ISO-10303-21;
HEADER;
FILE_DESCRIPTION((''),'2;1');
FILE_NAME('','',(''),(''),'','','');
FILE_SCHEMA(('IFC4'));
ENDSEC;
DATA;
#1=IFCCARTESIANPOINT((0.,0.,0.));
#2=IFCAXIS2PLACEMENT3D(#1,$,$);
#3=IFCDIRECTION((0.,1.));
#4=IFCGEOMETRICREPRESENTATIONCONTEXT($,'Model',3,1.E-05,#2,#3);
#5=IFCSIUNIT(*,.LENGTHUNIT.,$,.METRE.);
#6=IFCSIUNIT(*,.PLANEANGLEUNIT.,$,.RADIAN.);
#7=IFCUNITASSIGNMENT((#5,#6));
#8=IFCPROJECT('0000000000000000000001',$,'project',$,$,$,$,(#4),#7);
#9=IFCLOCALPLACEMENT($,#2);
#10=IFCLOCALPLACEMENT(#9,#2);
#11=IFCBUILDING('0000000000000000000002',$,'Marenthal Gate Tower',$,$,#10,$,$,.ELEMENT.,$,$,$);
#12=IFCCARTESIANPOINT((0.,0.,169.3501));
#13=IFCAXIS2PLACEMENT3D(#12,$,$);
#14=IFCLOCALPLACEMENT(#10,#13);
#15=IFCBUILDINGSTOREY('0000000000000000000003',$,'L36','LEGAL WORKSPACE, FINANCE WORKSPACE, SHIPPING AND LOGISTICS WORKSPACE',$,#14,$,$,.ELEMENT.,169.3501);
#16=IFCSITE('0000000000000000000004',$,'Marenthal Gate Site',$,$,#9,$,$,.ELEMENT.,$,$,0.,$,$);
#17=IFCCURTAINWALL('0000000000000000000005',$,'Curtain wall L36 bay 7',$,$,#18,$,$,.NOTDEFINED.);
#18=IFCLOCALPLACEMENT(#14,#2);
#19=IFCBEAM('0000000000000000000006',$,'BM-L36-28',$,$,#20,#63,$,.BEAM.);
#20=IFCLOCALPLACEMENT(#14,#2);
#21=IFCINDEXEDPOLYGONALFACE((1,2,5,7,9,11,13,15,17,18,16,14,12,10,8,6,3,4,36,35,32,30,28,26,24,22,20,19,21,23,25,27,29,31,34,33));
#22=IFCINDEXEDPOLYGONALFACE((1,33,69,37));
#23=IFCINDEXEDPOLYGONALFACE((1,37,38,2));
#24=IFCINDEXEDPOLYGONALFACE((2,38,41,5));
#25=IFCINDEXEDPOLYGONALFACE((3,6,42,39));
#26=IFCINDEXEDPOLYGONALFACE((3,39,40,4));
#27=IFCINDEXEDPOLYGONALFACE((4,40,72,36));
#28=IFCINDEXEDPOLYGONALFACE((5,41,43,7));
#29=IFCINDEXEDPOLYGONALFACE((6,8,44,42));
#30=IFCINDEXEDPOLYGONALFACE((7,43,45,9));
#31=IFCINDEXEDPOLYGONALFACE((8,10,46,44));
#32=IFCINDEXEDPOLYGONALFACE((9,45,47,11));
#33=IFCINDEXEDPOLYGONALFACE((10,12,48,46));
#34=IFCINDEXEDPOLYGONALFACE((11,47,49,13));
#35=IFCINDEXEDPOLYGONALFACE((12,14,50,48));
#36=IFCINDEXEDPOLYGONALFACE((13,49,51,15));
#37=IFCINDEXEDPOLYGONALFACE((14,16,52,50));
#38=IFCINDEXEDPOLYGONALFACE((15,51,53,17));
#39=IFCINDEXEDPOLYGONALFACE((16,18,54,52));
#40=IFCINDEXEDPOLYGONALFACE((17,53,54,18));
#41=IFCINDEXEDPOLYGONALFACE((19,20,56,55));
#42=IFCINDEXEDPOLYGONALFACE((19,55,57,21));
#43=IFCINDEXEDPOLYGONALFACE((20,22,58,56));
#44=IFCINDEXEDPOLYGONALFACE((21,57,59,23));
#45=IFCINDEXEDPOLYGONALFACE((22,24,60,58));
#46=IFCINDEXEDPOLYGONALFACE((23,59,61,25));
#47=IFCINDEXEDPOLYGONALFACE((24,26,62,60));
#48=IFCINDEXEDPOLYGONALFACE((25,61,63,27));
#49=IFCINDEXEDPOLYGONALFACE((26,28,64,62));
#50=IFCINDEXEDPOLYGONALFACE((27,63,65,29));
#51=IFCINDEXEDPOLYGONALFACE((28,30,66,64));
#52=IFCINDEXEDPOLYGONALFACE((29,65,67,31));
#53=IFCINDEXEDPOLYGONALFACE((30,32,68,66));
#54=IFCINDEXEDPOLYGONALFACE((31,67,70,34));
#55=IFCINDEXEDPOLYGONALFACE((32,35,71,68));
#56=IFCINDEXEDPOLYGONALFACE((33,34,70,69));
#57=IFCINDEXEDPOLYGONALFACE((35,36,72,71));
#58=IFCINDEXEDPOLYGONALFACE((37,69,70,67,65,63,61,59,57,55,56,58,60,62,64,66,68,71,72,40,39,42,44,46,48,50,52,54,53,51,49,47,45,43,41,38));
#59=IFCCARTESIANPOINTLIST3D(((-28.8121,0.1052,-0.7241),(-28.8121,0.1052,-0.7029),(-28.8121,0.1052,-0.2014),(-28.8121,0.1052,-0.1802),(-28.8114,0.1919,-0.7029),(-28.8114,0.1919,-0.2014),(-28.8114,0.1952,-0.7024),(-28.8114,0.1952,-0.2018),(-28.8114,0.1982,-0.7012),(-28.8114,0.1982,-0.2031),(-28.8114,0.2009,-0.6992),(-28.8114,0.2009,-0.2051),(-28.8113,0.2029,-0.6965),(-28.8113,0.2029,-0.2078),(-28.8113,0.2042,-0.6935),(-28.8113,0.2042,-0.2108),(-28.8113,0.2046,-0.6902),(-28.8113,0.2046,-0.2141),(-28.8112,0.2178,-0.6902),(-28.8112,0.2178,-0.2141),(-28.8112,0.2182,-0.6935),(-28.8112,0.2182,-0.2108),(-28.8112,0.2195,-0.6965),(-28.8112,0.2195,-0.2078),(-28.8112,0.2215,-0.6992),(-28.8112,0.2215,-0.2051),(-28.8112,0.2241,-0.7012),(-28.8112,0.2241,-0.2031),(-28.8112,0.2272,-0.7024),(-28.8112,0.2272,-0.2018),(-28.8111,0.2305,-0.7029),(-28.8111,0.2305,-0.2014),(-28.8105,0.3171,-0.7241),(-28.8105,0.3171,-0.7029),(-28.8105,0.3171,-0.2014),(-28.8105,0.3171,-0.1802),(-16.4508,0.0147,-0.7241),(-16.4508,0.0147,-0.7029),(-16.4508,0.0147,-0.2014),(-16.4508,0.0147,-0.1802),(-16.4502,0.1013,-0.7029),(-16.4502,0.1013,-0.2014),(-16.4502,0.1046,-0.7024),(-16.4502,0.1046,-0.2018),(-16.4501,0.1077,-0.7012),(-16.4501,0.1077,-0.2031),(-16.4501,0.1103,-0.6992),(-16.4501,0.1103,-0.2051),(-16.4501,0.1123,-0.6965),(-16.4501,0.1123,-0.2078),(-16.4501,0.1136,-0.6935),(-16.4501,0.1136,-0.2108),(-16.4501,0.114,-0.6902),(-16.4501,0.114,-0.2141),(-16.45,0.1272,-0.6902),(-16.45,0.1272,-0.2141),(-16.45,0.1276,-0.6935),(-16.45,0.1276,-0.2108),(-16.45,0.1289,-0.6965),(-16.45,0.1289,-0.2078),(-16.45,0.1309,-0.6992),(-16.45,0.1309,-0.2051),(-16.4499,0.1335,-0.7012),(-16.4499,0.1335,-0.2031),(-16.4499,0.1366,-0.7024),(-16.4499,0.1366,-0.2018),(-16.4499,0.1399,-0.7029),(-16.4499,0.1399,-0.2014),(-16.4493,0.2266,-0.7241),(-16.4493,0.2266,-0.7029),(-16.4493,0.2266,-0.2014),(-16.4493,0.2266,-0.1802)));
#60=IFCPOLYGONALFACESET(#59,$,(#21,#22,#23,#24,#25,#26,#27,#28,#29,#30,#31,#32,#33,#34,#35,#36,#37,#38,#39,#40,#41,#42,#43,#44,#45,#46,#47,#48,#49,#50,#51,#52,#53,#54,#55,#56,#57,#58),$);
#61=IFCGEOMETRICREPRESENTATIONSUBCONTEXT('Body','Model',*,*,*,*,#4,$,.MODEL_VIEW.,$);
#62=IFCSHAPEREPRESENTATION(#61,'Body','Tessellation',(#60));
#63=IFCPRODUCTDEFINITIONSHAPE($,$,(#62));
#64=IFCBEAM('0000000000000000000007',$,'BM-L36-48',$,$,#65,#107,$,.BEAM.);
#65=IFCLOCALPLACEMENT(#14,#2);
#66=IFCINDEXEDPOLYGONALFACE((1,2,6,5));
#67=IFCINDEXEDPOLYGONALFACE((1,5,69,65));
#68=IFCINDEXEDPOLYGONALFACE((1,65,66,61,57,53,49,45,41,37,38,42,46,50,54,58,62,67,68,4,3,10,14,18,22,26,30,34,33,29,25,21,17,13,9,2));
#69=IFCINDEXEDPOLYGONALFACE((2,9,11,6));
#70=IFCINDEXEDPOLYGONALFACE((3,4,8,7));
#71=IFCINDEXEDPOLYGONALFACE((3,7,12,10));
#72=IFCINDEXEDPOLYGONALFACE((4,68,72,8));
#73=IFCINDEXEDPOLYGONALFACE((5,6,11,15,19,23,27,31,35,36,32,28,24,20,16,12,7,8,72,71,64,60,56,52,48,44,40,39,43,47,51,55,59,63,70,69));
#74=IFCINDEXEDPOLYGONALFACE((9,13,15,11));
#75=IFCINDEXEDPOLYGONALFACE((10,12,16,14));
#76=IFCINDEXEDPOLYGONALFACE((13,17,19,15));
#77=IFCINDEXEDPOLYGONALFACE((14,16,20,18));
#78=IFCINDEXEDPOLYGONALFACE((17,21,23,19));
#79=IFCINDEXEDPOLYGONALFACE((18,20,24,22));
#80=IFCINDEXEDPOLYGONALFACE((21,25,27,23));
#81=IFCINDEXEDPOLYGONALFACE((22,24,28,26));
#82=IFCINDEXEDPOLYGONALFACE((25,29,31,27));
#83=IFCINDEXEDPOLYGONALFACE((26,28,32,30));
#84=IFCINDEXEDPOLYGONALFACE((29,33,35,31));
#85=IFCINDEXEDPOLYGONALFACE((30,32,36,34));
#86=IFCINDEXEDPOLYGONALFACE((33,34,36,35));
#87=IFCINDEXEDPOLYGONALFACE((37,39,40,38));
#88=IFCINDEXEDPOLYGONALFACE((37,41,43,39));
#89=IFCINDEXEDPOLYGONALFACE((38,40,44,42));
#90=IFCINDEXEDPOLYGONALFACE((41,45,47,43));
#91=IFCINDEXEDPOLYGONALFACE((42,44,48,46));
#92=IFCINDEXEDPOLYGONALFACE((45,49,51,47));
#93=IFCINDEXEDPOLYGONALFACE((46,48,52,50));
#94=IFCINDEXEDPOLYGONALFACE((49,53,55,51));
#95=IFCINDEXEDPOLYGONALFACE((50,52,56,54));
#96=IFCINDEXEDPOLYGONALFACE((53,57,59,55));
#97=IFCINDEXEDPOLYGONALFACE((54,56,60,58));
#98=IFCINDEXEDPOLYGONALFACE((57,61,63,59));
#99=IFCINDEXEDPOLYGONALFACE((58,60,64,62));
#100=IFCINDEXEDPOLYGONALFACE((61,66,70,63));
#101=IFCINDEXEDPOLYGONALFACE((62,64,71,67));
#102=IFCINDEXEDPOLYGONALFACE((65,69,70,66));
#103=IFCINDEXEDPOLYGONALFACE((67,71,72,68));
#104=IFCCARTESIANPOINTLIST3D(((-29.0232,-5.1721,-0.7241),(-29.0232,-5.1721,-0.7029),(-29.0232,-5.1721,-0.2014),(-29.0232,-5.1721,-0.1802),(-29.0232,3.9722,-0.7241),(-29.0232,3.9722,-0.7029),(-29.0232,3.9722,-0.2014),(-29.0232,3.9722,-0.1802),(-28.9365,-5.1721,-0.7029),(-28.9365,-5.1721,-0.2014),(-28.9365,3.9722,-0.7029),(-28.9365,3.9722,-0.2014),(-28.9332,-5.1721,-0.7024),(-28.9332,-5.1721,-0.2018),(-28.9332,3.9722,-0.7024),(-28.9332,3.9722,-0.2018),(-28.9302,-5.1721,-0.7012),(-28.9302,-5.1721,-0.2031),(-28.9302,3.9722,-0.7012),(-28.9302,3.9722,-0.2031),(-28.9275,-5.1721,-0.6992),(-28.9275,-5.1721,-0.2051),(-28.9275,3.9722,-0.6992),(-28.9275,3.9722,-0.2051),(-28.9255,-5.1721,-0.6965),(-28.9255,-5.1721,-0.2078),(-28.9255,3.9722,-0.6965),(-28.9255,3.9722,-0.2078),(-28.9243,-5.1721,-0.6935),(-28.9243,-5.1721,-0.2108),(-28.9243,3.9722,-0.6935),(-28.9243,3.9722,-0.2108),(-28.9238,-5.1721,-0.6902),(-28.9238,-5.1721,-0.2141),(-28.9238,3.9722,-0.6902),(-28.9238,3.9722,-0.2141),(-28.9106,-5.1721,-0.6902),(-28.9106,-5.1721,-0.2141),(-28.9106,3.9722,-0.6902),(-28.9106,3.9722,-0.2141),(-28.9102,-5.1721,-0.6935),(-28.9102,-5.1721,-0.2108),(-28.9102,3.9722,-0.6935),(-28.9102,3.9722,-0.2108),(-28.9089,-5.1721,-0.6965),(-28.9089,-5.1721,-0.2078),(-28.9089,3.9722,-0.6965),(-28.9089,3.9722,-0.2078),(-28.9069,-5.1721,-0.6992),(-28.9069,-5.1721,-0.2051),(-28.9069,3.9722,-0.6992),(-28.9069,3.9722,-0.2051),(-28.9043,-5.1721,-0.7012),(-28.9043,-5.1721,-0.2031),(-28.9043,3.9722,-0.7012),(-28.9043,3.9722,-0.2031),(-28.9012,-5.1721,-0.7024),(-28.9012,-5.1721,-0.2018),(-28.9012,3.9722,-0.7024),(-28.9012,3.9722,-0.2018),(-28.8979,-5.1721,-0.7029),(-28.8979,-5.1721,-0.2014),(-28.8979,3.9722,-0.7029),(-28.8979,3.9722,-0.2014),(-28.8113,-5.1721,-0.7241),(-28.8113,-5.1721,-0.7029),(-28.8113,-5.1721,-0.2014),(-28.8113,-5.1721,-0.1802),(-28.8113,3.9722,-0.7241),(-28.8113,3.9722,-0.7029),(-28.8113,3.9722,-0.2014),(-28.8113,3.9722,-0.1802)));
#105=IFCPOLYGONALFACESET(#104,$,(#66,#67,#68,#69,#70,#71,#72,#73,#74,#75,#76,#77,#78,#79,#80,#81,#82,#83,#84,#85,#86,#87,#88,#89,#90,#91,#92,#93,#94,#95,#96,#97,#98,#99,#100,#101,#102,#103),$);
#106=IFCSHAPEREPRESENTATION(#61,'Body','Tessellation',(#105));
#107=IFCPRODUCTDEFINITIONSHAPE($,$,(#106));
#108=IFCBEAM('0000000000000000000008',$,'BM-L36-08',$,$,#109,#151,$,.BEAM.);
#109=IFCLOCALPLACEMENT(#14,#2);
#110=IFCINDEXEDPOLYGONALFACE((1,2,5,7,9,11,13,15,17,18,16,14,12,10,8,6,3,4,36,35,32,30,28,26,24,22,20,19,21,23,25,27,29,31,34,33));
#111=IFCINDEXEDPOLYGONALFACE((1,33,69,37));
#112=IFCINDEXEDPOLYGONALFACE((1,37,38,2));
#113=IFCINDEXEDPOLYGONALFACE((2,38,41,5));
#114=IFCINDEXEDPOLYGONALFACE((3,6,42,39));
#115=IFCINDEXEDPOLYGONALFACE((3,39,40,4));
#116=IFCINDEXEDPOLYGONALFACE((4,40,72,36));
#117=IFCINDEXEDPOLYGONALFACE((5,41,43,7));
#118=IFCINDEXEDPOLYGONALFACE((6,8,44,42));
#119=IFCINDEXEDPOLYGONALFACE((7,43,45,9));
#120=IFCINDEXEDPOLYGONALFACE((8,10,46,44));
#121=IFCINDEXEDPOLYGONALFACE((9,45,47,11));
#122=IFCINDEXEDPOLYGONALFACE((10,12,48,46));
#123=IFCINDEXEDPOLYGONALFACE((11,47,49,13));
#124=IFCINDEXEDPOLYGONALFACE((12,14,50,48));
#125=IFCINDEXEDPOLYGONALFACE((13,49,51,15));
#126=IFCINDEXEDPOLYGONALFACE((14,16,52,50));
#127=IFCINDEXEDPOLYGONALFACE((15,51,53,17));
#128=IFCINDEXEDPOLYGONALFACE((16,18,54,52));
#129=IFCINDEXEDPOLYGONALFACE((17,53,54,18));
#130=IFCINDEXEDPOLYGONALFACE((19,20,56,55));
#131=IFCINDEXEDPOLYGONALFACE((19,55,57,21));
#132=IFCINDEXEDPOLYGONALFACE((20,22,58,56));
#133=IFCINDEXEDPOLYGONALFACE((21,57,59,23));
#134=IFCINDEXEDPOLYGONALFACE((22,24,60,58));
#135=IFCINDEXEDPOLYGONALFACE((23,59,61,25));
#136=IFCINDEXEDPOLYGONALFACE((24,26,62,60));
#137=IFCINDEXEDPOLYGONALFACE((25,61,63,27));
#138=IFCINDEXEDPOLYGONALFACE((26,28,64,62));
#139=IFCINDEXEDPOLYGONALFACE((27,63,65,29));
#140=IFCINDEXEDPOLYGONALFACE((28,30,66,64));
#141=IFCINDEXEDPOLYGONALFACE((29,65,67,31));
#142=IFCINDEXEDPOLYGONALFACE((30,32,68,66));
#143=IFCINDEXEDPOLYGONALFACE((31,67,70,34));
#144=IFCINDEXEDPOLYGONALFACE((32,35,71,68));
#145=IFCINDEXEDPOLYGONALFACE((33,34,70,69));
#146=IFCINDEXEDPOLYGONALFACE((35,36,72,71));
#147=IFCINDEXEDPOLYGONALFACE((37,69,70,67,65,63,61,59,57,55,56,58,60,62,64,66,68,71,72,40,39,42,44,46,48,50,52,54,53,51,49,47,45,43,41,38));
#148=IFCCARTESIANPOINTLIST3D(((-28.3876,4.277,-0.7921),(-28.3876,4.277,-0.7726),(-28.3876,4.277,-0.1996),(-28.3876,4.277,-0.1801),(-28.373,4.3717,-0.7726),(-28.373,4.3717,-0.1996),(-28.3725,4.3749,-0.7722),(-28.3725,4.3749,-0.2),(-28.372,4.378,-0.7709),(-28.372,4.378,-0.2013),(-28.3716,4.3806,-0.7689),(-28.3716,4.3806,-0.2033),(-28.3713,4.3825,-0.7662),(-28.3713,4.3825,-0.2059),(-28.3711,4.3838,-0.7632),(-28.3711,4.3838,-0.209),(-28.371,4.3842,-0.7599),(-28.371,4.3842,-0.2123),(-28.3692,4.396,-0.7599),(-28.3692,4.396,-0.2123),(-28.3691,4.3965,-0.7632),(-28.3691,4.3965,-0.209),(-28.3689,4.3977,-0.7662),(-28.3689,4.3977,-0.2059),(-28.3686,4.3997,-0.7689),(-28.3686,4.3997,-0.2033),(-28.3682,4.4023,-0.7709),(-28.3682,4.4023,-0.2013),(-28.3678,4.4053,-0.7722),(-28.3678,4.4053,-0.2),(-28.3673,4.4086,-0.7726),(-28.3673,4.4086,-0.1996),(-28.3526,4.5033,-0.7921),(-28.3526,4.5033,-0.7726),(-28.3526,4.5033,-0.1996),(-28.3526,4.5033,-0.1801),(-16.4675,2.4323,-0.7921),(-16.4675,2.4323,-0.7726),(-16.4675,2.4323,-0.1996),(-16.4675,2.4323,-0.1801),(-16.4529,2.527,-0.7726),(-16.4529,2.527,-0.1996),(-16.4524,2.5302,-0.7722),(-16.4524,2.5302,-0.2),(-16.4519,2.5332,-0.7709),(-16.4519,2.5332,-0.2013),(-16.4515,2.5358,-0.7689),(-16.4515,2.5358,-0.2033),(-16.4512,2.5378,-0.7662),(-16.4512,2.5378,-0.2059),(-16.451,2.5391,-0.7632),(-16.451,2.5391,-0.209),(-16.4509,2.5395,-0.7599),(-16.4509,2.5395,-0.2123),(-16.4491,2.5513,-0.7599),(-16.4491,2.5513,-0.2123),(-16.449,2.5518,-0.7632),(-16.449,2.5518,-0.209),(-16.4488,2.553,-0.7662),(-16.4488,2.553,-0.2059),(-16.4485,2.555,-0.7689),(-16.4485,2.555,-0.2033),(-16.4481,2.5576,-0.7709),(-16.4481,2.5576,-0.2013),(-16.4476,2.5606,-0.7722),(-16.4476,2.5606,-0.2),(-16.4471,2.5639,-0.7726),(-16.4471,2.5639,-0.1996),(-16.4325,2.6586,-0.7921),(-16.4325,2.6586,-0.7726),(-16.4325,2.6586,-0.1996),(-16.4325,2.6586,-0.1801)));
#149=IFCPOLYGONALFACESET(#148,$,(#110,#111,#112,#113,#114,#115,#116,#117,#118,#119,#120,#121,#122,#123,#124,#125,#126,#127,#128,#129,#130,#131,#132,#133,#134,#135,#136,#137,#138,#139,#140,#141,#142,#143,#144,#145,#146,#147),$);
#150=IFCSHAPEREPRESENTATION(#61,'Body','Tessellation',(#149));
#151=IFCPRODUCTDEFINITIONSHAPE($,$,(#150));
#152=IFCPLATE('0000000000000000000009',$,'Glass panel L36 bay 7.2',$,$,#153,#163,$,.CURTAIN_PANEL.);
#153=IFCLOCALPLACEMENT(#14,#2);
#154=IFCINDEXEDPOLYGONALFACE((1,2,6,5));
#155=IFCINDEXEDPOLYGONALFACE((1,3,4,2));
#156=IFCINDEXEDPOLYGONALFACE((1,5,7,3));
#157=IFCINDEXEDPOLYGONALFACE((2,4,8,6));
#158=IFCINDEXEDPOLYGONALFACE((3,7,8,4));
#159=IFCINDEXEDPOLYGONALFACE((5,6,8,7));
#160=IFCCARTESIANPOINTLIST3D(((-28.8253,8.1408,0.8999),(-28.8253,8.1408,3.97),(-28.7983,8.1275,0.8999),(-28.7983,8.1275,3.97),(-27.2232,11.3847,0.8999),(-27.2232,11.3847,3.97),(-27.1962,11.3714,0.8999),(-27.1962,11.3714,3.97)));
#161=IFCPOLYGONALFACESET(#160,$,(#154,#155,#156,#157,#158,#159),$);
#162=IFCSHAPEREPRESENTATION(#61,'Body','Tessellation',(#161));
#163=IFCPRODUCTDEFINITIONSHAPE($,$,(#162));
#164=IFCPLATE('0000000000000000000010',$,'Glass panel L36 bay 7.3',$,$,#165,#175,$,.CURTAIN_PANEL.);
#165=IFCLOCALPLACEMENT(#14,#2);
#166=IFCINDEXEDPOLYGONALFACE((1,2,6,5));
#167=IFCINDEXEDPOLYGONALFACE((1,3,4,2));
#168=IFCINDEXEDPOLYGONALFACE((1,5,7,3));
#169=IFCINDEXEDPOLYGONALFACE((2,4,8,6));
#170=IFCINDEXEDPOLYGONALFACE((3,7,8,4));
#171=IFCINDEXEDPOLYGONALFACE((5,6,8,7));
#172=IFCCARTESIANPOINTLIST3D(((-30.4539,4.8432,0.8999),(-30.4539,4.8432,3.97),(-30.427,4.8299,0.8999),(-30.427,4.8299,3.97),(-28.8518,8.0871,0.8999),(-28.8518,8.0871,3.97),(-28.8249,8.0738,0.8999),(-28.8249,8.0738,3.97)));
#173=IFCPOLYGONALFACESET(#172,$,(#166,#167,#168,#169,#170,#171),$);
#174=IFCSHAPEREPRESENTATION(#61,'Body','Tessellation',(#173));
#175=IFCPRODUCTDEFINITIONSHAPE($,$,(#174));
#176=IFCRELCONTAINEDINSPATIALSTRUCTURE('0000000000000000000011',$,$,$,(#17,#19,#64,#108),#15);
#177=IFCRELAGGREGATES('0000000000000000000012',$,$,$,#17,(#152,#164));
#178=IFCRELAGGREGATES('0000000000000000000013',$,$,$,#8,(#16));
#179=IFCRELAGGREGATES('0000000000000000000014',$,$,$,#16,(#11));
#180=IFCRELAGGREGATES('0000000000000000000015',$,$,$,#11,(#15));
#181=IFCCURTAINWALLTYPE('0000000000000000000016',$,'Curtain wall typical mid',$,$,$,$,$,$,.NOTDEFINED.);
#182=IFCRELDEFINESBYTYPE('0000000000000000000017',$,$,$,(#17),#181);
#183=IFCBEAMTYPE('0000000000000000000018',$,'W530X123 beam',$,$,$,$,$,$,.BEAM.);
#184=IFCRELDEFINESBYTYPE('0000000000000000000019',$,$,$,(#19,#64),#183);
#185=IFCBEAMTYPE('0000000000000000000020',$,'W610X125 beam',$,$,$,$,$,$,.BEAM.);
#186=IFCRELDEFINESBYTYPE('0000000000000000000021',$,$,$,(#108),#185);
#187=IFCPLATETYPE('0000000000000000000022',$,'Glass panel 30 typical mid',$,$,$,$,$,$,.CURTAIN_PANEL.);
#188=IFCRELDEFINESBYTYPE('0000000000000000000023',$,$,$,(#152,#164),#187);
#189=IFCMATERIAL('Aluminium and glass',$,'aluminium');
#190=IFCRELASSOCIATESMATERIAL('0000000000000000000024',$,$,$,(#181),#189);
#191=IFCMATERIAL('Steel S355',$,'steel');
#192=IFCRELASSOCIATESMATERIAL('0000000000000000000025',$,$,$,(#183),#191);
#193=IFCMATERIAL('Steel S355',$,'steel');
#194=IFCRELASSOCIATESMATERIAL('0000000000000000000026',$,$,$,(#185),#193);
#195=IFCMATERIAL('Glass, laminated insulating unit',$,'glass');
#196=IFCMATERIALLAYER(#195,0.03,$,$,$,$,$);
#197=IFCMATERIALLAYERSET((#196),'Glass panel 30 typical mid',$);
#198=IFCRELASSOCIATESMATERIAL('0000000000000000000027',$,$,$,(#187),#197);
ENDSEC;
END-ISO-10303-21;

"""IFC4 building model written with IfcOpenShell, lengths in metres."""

from ifc_helpers import new_model, si_unit, direction, frame, origin, origin_2d, place, context, subcontext, project, spatial, rectangle, i_section, extrude, material, layer, layer_set, material_profile, profile_set, type_object, element, aggregate, save


model = new_model("IFC4")

# Units and contexts
model_context = context("Model", 3, precision=1e-05, world=origin(), true_north=direction((0.0, 1.0)))
body_context = subcontext(model_context, "Body", "Model", "MODEL_VIEW")
ifc_project = project(units=[si_unit("LENGTHUNIT", "METRE"), si_unit("PLANEANGLEUNIT", "RADIAN")], contexts=[model_context])

# Site, building, storey
site_placement = place(None, origin())
site = spatial("IfcSite", under=ifc_project, at=site_placement, Name="Marenthal Gate Site", CompositionType="ELEMENT", RefElevation=0.0)
building_placement = place(site_placement, origin())
building = spatial("IfcBuilding", under=site, at=building_placement, Name="Marenthal Gate Tower", CompositionType="ELEMENT")
storey_placement = place(building_placement, frame((0.0, 0.0, 169.3501)))
storey = spatial("IfcBuildingStorey", under=building, at=storey_placement, Name="L36", Description="LEGAL WORKSPACE, FINANCE WORKSPACE, SHIPPING AND LOGISTICS WORKSPACE", CompositionType="ELEMENT", Elevation=169.3501)

# Curtain wall
ifc_material_1 = material(Name="Aluminium and glass", Category="aluminium")
curtain_wall_type = type_object("IfcCurtainWallType", Name="Curtain wall typical mid", PredefinedType="NOTDEFINED", material=ifc_material_1)
curtain_wall_placement = place(storey_placement, origin())
curtain_wall = element("IfcCurtainWall", 1, at=curtain_wall_placement, inside=storey, type_object=curtain_wall_type, Name="Curtain wall L36 bay 7", PredefinedType="NOTDEFINED")

# Beams
ifc_material_2 = material(Name="Steel S355", Category="steel")
ifc_material_profile_1 = material_profile(ifc_material_2, i_section(OverallWidth=0.2119, OverallDepth=0.5439, WebThickness=0.0132, FlangeThickness=0.0212, FilletRadius=0.0127, at=origin_2d()), Name="W530X123")
ifc_profile_set_1 = profile_set([ifc_material_profile_1], Name="Steel S355")
beam_type_1 = type_object("IfcBeamType", Name="W530X123 beam", PredefinedType="BEAM", material=ifc_profile_set_1)
beam_1_placement = place(storey_placement, frame((-28.8113, 0.2112, -0.4521), z_axis=(0.999973, -0.007327, 0.0), x_axis=(0.007327, 0.999973, 0.0)))
element("IfcBeam", 2, at=beam_1_placement, inside=storey, type_object=beam_type_1, Name="BM-L36-28", PredefinedType="BEAM", context=body_context, shape_type="SweptSolid", body=[
    extrude(i_section(OverallWidth=0.2119, OverallDepth=0.5439, WebThickness=0.0132, FlangeThickness=0.0212, FilletRadius=0.0127, at=origin_2d()), origin(), (0.0, 0.0, 1.0), 12.3616),
])
beam_2_placement = place(storey_placement, frame((-28.9172, 3.9722, -0.4521), z_axis=(0.0, -1.0, 0.0), x_axis=(1.0, 0.0, 0.0)))
element("IfcBeam", 3, at=beam_2_placement, inside=storey, type_object=beam_type_1, Name="BM-L36-48", PredefinedType="BEAM", context=body_context, shape_type="SweptSolid", body=[
    extrude(i_section(OverallWidth=0.2119, OverallDepth=0.5439, WebThickness=0.0132, FlangeThickness=0.0212, FilletRadius=0.0127, at=origin_2d()), origin(), (0.0, 0.0, 1.0), 9.1443),
])
ifc_material_3 = material(Name="Steel S355", Category="steel")
ifc_material_profile_2 = material_profile(ifc_material_3, i_section(OverallWidth=0.229, OverallDepth=0.6121, WebThickness=0.012, FlangeThickness=0.0195, FilletRadius=0.0127, at=origin_2d()), Name="W610X125")
ifc_profile_set_2 = profile_set([ifc_material_profile_2], Name="Steel S355")
beam_type_2 = type_object("IfcBeamType", Name="W610X125 beam", PredefinedType="BEAM", material=ifc_profile_set_2)
beam_3_placement = place(storey_placement, frame((-28.3701, 4.3901, -0.4861), z_axis=(0.988236, -0.152936, 0.0), x_axis=(0.152936, 0.988236, 0.0)))
element("IfcBeam", 4, at=beam_3_placement, inside=storey, type_object=beam_type_2, Name="BM-L36-08", PredefinedType="BEAM", context=body_context, shape_type="SweptSolid", body=[
    extrude(i_section(OverallWidth=0.229, OverallDepth=0.6121, WebThickness=0.012, FlangeThickness=0.0195, FilletRadius=0.0127, at=origin_2d()), origin(), (0.0, 0.0, 1.0), 12.062),
])

# Plates
ifc_material_4 = material(Name="Glass, laminated insulating unit", Category="glass")
ifc_layer_1 = layer(ifc_material_4, 0.03)
ifc_layer_set_1 = layer_set([ifc_layer_1], Name="Glass panel 30 typical mid")
plate_type = type_object("IfcPlateType", Name="Glass panel 30 typical mid", PredefinedType="CURTAIN_PANEL", material=ifc_layer_set_1)
plate_1_placement = place(storey_placement, frame((-28.0107, 9.7561, 0.8999), z_axis=(0.0, 0.0, 1.0), x_axis=(-0.442824, -0.896609, 0.0)))
plate_1 = element("IfcPlate", 5, at=plate_1_placement, type_object=plate_type, Name="Glass panel L36 bay 7.2", PredefinedType="CURTAIN_PANEL", context=body_context, shape_type="SweptSolid", body=[
    extrude(rectangle(XDim=3.6179, YDim=0.03, at=origin_2d()), origin(), (0.0, 0.0, 1.0), 3.0701),
])
plate_2_placement = place(storey_placement, frame((-29.6394, 6.4585, 0.8999), z_axis=(0.0, 0.0, 1.0), x_axis=(-0.442824, -0.896609, 0.0)))
plate_2 = element("IfcPlate", 6, at=plate_2_placement, type_object=plate_type, Name="Glass panel L36 bay 7.3", PredefinedType="CURTAIN_PANEL", context=body_context, shape_type="SweptSolid", body=[
    extrude(rectangle(XDim=3.6179, YDim=0.03, at=origin_2d()), origin(), (0.0, 0.0, 1.0), 3.0701),
])
aggregate(curtain_wall, [plate_1, plate_2])

save(model, "model.ifc")
